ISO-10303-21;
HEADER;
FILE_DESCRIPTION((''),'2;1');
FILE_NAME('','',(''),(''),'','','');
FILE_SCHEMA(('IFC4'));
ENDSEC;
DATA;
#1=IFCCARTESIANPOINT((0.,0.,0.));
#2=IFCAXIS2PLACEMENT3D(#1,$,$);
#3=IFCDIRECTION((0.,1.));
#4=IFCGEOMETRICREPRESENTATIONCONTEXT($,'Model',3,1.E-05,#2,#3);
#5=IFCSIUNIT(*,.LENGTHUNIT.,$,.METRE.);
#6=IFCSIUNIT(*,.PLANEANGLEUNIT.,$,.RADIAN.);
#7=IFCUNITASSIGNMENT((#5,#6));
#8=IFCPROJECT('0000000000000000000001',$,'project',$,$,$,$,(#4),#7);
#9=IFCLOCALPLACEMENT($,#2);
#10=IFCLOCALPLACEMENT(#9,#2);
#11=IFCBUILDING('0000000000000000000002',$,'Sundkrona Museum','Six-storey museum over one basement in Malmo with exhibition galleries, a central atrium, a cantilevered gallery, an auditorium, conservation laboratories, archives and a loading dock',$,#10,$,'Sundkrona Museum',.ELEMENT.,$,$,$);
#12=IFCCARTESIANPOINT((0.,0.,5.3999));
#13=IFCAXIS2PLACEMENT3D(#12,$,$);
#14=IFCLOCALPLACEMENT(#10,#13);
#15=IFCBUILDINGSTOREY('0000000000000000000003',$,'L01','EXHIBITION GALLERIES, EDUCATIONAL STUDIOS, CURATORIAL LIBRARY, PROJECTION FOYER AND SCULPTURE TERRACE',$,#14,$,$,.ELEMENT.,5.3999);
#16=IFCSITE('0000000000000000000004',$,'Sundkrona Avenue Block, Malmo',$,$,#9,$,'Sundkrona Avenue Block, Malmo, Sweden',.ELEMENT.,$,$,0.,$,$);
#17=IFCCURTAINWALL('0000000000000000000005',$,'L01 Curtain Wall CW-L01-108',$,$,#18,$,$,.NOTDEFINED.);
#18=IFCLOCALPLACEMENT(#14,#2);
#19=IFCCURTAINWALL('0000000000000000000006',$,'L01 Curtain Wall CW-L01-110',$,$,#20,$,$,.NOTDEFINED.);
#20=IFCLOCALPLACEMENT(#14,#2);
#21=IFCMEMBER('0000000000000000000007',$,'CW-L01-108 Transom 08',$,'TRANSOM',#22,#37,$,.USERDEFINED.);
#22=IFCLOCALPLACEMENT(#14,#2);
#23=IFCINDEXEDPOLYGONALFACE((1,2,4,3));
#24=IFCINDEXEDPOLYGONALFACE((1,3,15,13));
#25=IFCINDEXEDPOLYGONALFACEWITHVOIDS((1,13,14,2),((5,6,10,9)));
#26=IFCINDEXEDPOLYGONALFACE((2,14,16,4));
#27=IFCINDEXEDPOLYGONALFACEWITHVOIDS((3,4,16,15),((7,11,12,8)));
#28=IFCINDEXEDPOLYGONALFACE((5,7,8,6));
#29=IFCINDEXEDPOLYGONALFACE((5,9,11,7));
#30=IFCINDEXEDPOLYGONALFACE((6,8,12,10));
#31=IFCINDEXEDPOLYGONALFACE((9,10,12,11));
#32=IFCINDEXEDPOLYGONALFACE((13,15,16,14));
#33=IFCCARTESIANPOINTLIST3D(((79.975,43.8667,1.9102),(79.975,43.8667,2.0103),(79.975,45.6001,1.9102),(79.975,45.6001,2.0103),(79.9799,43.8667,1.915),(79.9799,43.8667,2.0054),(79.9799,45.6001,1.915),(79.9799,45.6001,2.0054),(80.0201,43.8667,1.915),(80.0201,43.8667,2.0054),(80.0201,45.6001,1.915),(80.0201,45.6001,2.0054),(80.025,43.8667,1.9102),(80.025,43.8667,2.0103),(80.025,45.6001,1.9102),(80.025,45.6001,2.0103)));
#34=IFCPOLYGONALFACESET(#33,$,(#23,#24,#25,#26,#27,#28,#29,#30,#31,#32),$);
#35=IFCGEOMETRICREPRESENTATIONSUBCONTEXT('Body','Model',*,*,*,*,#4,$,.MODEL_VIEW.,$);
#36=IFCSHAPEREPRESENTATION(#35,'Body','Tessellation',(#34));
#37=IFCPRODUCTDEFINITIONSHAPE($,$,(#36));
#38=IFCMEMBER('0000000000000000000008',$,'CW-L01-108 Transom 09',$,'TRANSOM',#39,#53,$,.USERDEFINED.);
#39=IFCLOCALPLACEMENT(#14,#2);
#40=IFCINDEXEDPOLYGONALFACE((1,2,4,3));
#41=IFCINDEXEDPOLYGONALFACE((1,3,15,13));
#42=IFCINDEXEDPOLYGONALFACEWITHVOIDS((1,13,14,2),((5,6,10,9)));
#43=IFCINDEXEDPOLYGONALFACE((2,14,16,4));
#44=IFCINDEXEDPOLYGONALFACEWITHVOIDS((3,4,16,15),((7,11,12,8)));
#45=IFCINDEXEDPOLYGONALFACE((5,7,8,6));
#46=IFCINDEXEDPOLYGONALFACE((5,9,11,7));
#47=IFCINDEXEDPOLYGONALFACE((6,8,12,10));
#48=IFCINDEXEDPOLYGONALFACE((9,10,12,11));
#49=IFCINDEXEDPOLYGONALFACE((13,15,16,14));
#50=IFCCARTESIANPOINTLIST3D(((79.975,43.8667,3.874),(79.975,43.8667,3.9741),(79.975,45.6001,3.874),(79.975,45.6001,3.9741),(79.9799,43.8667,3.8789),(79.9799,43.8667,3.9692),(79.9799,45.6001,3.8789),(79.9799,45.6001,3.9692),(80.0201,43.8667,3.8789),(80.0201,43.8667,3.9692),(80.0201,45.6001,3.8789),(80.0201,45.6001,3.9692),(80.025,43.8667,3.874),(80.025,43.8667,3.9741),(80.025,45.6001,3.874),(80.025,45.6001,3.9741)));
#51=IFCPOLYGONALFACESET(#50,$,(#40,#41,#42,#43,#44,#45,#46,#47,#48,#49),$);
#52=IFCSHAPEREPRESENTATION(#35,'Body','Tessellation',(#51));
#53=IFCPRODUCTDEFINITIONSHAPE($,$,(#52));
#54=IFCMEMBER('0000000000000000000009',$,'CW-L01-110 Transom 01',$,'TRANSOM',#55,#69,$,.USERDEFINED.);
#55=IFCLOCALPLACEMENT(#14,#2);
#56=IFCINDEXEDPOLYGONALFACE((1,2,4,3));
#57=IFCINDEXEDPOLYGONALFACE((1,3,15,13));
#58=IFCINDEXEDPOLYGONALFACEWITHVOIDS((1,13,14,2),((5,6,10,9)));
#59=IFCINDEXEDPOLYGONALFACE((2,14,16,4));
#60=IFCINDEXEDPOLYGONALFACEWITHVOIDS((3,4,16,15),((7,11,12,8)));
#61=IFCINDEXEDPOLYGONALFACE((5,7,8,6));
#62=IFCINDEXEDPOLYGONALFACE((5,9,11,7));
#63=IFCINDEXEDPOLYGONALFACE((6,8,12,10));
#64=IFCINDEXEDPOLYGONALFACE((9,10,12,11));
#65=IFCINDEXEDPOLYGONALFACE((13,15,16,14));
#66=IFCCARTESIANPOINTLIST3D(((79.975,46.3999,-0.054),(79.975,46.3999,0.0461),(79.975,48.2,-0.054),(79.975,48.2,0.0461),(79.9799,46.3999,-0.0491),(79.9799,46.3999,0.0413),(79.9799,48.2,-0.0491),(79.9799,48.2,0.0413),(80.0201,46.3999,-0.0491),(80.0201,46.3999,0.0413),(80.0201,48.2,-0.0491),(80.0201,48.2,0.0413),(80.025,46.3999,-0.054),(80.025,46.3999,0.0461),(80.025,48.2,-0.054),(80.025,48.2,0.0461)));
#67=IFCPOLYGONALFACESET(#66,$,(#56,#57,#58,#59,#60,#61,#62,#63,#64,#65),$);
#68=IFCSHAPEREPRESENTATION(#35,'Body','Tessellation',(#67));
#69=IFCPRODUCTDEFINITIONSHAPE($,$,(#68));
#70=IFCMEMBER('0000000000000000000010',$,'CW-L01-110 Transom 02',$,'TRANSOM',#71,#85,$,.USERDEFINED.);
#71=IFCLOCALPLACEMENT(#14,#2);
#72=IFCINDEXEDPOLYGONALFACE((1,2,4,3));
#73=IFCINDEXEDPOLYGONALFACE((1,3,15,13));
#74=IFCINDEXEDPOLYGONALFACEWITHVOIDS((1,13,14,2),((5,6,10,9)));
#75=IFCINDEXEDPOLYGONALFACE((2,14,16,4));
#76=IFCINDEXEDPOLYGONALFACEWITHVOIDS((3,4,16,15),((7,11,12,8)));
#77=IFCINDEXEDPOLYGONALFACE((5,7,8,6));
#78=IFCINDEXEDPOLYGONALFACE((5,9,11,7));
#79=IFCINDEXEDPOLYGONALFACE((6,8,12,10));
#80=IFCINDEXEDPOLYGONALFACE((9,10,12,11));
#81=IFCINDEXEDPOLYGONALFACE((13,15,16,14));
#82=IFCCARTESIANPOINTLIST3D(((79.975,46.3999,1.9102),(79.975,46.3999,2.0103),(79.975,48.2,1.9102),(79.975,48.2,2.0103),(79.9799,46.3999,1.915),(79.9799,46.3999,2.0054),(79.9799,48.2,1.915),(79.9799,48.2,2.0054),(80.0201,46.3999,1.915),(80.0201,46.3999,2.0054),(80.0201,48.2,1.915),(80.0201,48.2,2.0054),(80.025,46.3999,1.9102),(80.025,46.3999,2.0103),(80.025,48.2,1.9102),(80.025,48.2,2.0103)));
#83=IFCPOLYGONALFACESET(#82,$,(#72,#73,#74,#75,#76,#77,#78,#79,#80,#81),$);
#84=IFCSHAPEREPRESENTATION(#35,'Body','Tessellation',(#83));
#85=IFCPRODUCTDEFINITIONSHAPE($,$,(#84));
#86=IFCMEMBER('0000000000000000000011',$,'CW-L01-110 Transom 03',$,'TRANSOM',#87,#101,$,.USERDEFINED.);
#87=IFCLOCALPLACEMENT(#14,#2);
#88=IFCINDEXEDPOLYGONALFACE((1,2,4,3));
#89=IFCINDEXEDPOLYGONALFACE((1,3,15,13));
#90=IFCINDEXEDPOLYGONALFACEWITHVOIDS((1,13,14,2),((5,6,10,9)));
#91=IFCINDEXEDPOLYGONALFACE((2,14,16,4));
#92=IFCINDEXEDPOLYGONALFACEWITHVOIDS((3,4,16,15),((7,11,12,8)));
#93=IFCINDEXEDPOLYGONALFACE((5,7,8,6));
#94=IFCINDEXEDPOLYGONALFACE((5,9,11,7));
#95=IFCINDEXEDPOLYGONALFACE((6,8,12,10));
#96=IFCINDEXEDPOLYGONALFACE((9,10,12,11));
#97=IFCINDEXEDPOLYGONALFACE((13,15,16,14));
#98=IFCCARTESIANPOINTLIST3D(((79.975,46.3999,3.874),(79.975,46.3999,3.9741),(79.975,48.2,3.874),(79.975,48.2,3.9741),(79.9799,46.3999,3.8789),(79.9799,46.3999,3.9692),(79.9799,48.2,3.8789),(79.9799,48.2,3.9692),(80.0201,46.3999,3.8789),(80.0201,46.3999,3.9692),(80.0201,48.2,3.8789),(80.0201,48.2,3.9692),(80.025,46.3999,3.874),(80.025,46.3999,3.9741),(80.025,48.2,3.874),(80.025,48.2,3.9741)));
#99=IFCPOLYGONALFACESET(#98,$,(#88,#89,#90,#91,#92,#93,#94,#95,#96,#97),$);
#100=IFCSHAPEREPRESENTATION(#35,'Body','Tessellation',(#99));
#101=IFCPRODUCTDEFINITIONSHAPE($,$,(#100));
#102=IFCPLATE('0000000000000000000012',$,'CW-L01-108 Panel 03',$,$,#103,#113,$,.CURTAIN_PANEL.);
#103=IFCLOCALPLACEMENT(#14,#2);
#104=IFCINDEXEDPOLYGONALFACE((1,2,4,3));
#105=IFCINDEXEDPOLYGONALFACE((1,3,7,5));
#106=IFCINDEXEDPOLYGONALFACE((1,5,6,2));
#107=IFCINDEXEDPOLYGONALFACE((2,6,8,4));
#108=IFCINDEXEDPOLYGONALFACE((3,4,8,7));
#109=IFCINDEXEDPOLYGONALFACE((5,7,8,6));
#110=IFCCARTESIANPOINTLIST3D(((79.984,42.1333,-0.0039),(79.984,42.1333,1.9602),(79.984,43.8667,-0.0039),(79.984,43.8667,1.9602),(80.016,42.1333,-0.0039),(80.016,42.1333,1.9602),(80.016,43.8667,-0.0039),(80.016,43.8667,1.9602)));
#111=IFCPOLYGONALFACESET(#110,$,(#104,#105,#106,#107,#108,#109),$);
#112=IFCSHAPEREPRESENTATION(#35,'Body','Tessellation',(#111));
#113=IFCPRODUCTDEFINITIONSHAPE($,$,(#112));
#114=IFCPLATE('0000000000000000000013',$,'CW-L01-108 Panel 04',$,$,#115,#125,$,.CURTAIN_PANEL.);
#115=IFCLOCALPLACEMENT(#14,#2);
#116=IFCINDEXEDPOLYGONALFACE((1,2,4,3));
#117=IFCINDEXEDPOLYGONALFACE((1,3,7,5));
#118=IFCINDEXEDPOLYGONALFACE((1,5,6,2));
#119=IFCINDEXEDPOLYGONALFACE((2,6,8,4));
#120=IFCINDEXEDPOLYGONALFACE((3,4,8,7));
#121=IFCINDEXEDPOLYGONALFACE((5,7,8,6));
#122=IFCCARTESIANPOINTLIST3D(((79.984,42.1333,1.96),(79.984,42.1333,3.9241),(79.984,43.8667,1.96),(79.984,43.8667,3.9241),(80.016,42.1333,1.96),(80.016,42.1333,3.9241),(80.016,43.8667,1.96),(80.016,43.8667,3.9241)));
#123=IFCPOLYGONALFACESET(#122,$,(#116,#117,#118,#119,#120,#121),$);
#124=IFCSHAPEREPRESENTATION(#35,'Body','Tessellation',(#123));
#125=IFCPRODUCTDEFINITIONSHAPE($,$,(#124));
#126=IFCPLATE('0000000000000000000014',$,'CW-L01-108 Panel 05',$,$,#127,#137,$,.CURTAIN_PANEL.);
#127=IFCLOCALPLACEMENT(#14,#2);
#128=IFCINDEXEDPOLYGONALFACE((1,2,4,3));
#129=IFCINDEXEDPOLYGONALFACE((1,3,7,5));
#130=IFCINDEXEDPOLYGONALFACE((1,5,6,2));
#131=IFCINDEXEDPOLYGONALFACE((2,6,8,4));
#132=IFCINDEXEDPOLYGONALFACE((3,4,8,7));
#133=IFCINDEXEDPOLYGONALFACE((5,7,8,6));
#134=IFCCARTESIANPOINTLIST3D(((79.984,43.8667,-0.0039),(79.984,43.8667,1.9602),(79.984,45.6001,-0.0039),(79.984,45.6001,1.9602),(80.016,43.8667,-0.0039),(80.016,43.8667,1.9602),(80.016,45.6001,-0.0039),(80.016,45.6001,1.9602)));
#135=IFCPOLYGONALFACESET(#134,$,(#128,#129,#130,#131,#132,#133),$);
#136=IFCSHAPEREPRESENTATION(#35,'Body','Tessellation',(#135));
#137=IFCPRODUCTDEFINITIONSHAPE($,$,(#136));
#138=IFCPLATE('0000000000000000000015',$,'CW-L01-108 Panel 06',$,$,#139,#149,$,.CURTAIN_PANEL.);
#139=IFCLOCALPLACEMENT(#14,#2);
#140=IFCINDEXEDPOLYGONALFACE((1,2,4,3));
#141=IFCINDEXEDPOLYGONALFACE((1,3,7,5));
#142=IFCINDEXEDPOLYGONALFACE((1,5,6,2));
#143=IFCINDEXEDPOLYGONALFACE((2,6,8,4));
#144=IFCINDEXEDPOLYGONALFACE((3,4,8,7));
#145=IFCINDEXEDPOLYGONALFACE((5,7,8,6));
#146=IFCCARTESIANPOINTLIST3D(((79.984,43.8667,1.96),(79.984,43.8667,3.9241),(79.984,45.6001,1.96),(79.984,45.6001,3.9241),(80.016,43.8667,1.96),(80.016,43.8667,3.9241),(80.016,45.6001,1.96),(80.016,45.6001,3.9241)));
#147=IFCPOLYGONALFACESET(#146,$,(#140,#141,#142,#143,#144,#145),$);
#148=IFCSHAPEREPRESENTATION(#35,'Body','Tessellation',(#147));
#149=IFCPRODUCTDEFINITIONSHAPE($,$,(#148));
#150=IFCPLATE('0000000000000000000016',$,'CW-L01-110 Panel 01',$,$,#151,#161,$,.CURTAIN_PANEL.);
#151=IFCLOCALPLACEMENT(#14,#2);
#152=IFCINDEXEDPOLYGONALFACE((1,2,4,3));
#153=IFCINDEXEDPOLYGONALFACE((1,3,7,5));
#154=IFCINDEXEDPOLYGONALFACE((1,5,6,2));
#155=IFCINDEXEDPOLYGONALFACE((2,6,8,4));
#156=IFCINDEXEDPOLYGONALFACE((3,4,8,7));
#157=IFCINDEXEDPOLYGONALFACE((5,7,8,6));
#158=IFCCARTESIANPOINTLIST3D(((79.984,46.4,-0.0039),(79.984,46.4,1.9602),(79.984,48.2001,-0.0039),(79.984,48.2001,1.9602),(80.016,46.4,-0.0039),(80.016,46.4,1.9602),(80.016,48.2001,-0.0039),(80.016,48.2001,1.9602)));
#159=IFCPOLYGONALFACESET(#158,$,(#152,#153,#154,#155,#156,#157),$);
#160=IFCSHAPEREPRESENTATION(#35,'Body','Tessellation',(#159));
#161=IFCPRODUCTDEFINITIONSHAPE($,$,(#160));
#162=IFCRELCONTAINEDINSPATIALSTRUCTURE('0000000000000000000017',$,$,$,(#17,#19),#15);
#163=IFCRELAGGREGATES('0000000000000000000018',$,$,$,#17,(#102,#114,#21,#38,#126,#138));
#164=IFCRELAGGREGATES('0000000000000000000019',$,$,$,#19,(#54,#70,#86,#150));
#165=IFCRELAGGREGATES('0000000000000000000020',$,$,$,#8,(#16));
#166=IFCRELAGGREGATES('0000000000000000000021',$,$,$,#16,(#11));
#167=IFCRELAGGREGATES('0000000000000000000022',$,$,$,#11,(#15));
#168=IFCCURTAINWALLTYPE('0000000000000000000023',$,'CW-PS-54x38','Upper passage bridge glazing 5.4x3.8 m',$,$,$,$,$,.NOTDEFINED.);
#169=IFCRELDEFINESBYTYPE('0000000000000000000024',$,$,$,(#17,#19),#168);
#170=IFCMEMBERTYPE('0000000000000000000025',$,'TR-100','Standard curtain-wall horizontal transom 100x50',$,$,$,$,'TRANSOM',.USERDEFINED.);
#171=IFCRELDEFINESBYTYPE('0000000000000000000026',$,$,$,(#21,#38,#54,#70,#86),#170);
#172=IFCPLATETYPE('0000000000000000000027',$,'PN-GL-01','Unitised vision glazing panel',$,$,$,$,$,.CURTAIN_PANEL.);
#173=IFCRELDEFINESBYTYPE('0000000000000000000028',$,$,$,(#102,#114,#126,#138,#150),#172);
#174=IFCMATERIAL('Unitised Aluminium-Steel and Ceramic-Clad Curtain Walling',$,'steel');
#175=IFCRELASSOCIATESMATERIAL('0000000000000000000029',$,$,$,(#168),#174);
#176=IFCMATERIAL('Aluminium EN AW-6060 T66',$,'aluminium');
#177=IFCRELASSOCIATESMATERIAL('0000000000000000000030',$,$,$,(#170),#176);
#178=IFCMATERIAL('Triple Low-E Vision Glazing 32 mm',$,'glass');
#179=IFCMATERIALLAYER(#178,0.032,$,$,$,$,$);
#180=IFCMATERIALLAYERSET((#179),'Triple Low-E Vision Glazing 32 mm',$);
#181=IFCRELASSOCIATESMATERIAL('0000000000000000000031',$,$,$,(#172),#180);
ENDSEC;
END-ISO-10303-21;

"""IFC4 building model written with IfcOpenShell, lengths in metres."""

from ifc_helpers import new_model, si_unit, direction, frame, origin, origin_2d, place, context, subcontext, project, spatial, rectangle, hollow_rectangle, extrude, material, layer, layer_set, material_profile, profile_set, type_object, element, aggregate, save


model = new_model("IFC4")

# Units and contexts
model_context = context("Model", 3, precision=1e-05, world=origin(), true_north=direction((0.0, 1.0)))
body_context = subcontext(model_context, "Body", "Model", "MODEL_VIEW")
ifc_project = project(units=[si_unit("LENGTHUNIT", "METRE"), si_unit("PLANEANGLEUNIT", "RADIAN")], contexts=[model_context])

# Site, building, storey
site_placement = place(None, origin())
site = spatial("IfcSite", under=ifc_project, at=site_placement, Name="Sundkrona Avenue Block, Malmo", LongName="Sundkrona Avenue Block, Malmo, Sweden", CompositionType="ELEMENT", RefElevation=0.0)
building_placement = place(site_placement, origin())
building = spatial("IfcBuilding", under=site, at=building_placement, Name="Sundkrona Museum", Description="Six-storey museum over one basement in Malmo with exhibition galleries, a central atrium, a cantilevered gallery, an auditorium, conservation laboratories, archives and a loading dock", LongName="Sundkrona Museum", CompositionType="ELEMENT")
storey_placement = place(building_placement, frame((0.0, 0.0, 5.3999)))
storey = spatial("IfcBuildingStorey", under=building, at=storey_placement, Name="L01", Description="EXHIBITION GALLERIES, EDUCATIONAL STUDIOS, CURATORIAL LIBRARY, PROJECTION FOYER AND SCULPTURE TERRACE", CompositionType="ELEMENT", Elevation=5.3999)

# Curtain wall
ifc_material_1 = material(Name="Unitised Aluminium-Steel and Ceramic-Clad Curtain Walling", Category="steel")
curtain_wall_type = type_object("IfcCurtainWallType", Name="CW-PS-54x38", Description="Upper passage bridge glazing 5.4x3.8 m", PredefinedType="NOTDEFINED", material=ifc_material_1)
curtain_wall_1_placement = place(storey_placement, origin())
curtain_wall_1 = element("IfcCurtainWall", 1, at=curtain_wall_1_placement, inside=storey, type_object=curtain_wall_type, Name="L01 Curtain Wall CW-L01-108", PredefinedType="NOTDEFINED")
ifc_material_2 = material(Name="Aluminium EN AW-6060 T66", Category="aluminium")

# Curtain wall
curtain_wall_2_placement = place(storey_placement, origin())
curtain_wall_2 = element("IfcCurtainWall", 2, at=curtain_wall_2_placement, inside=storey, type_object=curtain_wall_type, Name="L01 Curtain Wall CW-L01-110", PredefinedType="NOTDEFINED")

# Members
ifc_material_profile_1 = material_profile(ifc_material_2, hollow_rectangle(XDim=0.05, YDim=0.1001, WallThickness=0.0049, at=origin_2d()), Name="RHS 100x50x5.0")
ifc_profile_set_1 = profile_set([ifc_material_profile_1], Name="Aluminium EN AW-6060 T66")
member_type_1 = type_object("IfcMemberType", Name="TR-100", Description="Standard curtain-wall horizontal transom 100x50", ElementType="TRANSOM", PredefinedType="USERDEFINED", material=ifc_profile_set_1)
member_1_placement = place(storey_placement, frame((80.0, 43.8667, 1.9602), z_axis=(0.0, 1.0, 0.0), x_axis=(-1.0, 0.0, 0.0)))
member_1 = element("IfcMember", 3, at=member_1_placement, type_object=member_type_1, Name="CW-L01-108 Transom 08", ObjectType="TRANSOM", PredefinedType="USERDEFINED", context=body_context, shape_type="SweptSolid", body=[
    extrude(hollow_rectangle(XDim=0.05, YDim=0.1001, WallThickness=0.0049, at=origin_2d()), origin(), (0.0, 0.0, 1.0), 1.7334),
])
member_2_placement = place(storey_placement, frame((80.0, 43.8667, 3.9241), z_axis=(0.0, 1.0, 0.0), x_axis=(-1.0, 0.0, 0.0)))
member_2 = element("IfcMember", 4, at=member_2_placement, type_object=member_type_1, Name="CW-L01-108 Transom 09", ObjectType="TRANSOM", PredefinedType="USERDEFINED", context=body_context, shape_type="SweptSolid", body=[
    extrude(hollow_rectangle(XDim=0.05, YDim=0.1001, WallThickness=0.0049, at=origin_2d()), origin(), (0.0, 0.0, 1.0), 1.7334),
])
member_3_placement = place(storey_placement, frame((80.0, 46.3999, -0.0039), z_axis=(0.0, 1.0, 0.0), x_axis=(-1.0, 0.0, 0.0)))
member_3 = element("IfcMember", 5, at=member_3_placement, type_object=member_type_1, Name="CW-L01-110 Transom 01", ObjectType="TRANSOM", PredefinedType="USERDEFINED", context=body_context, shape_type="SweptSolid", body=[
    extrude(hollow_rectangle(XDim=0.05, YDim=0.1001, WallThickness=0.0049, at=origin_2d()), origin(), (0.0, 0.0, 1.0), 1.8),
])
member_4_placement = place(storey_placement, frame((80.0, 46.3999, 1.9602), z_axis=(0.0, 1.0, 0.0), x_axis=(-1.0, 0.0, 0.0)))
member_4 = element("IfcMember", 6, at=member_4_placement, type_object=member_type_1, Name="CW-L01-110 Transom 02", ObjectType="TRANSOM", PredefinedType="USERDEFINED", context=body_context, shape_type="SweptSolid", body=[
    extrude(hollow_rectangle(XDim=0.05, YDim=0.1001, WallThickness=0.0049, at=origin_2d()), origin(), (0.0, 0.0, 1.0), 1.8),
])
member_5_placement = place(storey_placement, frame((80.0, 46.3999, 3.9241), z_axis=(0.0, 1.0, 0.0), x_axis=(-1.0, 0.0, 0.0)))
member_5 = element("IfcMember", 7, at=member_5_placement, type_object=member_type_1, Name="CW-L01-110 Transom 03", ObjectType="TRANSOM", PredefinedType="USERDEFINED", context=body_context, shape_type="SweptSolid", body=[
    extrude(hollow_rectangle(XDim=0.05, YDim=0.1001, WallThickness=0.0049, at=origin_2d()), origin(), (0.0, 0.0, 1.0), 1.8),
])

# Plates
ifc_material_3 = material(Name="Triple Low-E Vision Glazing 32 mm", Category="glass")
ifc_layer = layer(ifc_material_3, 0.032)
ifc_layer_set = layer_set([ifc_layer], Name="Triple Low-E Vision Glazing 32 mm")
plate_type = type_object("IfcPlateType", Name="PN-GL-01", Description="Unitised vision glazing panel", PredefinedType="CURTAIN_PANEL", material=ifc_layer_set)
plate_1_placement = place(storey_placement, frame((80.0, 43.0, -0.0039), z_axis=(0.0, 0.0, 1.0), x_axis=(0.0, 1.0, 0.0)))
plate_1 = element("IfcPlate", 8, at=plate_1_placement, type_object=plate_type, Name="CW-L01-108 Panel 03", PredefinedType="CURTAIN_PANEL", context=body_context, shape_type="SweptSolid", body=[
    extrude(rectangle(XDim=1.7334, YDim=0.032, at=origin_2d()), origin(), (0.0, 0.0, 1.0), 1.9641),
])
plate_2_placement = place(storey_placement, frame((80.0, 43.0, 1.96), z_axis=(0.0, 0.0, 1.0), x_axis=(0.0, 1.0, 0.0)))
plate_2 = element("IfcPlate", 9, at=plate_2_placement, type_object=plate_type, Name="CW-L01-108 Panel 04", PredefinedType="CURTAIN_PANEL", context=body_context, shape_type="SweptSolid", body=[
    extrude(rectangle(XDim=1.7334, YDim=0.032, at=origin_2d()), origin(), (0.0, 0.0, 1.0), 1.9641),
])
plate_3_placement = place(storey_placement, frame((80.0, 44.7334, -0.0039), z_axis=(0.0, 0.0, 1.0), x_axis=(0.0, 1.0, 0.0)))
plate_3 = element("IfcPlate", 10, at=plate_3_placement, type_object=plate_type, Name="CW-L01-108 Panel 05", PredefinedType="CURTAIN_PANEL", context=body_context, shape_type="SweptSolid", body=[
    extrude(rectangle(XDim=1.7334, YDim=0.032, at=origin_2d()), origin(), (0.0, 0.0, 1.0), 1.9641),
])
plate_4_placement = place(storey_placement, frame((80.0, 44.7334, 1.96), z_axis=(0.0, 0.0, 1.0), x_axis=(0.0, 1.0, 0.0)))
plate_4 = element("IfcPlate", 11, at=plate_4_placement, type_object=plate_type, Name="CW-L01-108 Panel 06", PredefinedType="CURTAIN_PANEL", context=body_context, shape_type="SweptSolid", body=[
    extrude(rectangle(XDim=1.7334, YDim=0.032, at=origin_2d()), origin(), (0.0, 0.0, 1.0), 1.9641),
])
aggregate(curtain_wall_1, [plate_1, plate_2, member_1, member_2, plate_3, plate_4])
plate_5_placement = place(storey_placement, frame((80.0, 47.3, -0.0039), z_axis=(0.0, 0.0, 1.0), x_axis=(0.0, 1.0, 0.0)))
plate_5 = element("IfcPlate", 12, at=plate_5_placement, type_object=plate_type, Name="CW-L01-110 Panel 01", PredefinedType="CURTAIN_PANEL", context=body_context, shape_type="SweptSolid", body=[
    extrude(rectangle(XDim=1.8, YDim=0.032, at=origin_2d()), origin(), (0.0, 0.0, 1.0), 1.9641),
])
aggregate(curtain_wall_2, [member_3, member_4, member_5, plate_5])

save(model, "model.ifc")
